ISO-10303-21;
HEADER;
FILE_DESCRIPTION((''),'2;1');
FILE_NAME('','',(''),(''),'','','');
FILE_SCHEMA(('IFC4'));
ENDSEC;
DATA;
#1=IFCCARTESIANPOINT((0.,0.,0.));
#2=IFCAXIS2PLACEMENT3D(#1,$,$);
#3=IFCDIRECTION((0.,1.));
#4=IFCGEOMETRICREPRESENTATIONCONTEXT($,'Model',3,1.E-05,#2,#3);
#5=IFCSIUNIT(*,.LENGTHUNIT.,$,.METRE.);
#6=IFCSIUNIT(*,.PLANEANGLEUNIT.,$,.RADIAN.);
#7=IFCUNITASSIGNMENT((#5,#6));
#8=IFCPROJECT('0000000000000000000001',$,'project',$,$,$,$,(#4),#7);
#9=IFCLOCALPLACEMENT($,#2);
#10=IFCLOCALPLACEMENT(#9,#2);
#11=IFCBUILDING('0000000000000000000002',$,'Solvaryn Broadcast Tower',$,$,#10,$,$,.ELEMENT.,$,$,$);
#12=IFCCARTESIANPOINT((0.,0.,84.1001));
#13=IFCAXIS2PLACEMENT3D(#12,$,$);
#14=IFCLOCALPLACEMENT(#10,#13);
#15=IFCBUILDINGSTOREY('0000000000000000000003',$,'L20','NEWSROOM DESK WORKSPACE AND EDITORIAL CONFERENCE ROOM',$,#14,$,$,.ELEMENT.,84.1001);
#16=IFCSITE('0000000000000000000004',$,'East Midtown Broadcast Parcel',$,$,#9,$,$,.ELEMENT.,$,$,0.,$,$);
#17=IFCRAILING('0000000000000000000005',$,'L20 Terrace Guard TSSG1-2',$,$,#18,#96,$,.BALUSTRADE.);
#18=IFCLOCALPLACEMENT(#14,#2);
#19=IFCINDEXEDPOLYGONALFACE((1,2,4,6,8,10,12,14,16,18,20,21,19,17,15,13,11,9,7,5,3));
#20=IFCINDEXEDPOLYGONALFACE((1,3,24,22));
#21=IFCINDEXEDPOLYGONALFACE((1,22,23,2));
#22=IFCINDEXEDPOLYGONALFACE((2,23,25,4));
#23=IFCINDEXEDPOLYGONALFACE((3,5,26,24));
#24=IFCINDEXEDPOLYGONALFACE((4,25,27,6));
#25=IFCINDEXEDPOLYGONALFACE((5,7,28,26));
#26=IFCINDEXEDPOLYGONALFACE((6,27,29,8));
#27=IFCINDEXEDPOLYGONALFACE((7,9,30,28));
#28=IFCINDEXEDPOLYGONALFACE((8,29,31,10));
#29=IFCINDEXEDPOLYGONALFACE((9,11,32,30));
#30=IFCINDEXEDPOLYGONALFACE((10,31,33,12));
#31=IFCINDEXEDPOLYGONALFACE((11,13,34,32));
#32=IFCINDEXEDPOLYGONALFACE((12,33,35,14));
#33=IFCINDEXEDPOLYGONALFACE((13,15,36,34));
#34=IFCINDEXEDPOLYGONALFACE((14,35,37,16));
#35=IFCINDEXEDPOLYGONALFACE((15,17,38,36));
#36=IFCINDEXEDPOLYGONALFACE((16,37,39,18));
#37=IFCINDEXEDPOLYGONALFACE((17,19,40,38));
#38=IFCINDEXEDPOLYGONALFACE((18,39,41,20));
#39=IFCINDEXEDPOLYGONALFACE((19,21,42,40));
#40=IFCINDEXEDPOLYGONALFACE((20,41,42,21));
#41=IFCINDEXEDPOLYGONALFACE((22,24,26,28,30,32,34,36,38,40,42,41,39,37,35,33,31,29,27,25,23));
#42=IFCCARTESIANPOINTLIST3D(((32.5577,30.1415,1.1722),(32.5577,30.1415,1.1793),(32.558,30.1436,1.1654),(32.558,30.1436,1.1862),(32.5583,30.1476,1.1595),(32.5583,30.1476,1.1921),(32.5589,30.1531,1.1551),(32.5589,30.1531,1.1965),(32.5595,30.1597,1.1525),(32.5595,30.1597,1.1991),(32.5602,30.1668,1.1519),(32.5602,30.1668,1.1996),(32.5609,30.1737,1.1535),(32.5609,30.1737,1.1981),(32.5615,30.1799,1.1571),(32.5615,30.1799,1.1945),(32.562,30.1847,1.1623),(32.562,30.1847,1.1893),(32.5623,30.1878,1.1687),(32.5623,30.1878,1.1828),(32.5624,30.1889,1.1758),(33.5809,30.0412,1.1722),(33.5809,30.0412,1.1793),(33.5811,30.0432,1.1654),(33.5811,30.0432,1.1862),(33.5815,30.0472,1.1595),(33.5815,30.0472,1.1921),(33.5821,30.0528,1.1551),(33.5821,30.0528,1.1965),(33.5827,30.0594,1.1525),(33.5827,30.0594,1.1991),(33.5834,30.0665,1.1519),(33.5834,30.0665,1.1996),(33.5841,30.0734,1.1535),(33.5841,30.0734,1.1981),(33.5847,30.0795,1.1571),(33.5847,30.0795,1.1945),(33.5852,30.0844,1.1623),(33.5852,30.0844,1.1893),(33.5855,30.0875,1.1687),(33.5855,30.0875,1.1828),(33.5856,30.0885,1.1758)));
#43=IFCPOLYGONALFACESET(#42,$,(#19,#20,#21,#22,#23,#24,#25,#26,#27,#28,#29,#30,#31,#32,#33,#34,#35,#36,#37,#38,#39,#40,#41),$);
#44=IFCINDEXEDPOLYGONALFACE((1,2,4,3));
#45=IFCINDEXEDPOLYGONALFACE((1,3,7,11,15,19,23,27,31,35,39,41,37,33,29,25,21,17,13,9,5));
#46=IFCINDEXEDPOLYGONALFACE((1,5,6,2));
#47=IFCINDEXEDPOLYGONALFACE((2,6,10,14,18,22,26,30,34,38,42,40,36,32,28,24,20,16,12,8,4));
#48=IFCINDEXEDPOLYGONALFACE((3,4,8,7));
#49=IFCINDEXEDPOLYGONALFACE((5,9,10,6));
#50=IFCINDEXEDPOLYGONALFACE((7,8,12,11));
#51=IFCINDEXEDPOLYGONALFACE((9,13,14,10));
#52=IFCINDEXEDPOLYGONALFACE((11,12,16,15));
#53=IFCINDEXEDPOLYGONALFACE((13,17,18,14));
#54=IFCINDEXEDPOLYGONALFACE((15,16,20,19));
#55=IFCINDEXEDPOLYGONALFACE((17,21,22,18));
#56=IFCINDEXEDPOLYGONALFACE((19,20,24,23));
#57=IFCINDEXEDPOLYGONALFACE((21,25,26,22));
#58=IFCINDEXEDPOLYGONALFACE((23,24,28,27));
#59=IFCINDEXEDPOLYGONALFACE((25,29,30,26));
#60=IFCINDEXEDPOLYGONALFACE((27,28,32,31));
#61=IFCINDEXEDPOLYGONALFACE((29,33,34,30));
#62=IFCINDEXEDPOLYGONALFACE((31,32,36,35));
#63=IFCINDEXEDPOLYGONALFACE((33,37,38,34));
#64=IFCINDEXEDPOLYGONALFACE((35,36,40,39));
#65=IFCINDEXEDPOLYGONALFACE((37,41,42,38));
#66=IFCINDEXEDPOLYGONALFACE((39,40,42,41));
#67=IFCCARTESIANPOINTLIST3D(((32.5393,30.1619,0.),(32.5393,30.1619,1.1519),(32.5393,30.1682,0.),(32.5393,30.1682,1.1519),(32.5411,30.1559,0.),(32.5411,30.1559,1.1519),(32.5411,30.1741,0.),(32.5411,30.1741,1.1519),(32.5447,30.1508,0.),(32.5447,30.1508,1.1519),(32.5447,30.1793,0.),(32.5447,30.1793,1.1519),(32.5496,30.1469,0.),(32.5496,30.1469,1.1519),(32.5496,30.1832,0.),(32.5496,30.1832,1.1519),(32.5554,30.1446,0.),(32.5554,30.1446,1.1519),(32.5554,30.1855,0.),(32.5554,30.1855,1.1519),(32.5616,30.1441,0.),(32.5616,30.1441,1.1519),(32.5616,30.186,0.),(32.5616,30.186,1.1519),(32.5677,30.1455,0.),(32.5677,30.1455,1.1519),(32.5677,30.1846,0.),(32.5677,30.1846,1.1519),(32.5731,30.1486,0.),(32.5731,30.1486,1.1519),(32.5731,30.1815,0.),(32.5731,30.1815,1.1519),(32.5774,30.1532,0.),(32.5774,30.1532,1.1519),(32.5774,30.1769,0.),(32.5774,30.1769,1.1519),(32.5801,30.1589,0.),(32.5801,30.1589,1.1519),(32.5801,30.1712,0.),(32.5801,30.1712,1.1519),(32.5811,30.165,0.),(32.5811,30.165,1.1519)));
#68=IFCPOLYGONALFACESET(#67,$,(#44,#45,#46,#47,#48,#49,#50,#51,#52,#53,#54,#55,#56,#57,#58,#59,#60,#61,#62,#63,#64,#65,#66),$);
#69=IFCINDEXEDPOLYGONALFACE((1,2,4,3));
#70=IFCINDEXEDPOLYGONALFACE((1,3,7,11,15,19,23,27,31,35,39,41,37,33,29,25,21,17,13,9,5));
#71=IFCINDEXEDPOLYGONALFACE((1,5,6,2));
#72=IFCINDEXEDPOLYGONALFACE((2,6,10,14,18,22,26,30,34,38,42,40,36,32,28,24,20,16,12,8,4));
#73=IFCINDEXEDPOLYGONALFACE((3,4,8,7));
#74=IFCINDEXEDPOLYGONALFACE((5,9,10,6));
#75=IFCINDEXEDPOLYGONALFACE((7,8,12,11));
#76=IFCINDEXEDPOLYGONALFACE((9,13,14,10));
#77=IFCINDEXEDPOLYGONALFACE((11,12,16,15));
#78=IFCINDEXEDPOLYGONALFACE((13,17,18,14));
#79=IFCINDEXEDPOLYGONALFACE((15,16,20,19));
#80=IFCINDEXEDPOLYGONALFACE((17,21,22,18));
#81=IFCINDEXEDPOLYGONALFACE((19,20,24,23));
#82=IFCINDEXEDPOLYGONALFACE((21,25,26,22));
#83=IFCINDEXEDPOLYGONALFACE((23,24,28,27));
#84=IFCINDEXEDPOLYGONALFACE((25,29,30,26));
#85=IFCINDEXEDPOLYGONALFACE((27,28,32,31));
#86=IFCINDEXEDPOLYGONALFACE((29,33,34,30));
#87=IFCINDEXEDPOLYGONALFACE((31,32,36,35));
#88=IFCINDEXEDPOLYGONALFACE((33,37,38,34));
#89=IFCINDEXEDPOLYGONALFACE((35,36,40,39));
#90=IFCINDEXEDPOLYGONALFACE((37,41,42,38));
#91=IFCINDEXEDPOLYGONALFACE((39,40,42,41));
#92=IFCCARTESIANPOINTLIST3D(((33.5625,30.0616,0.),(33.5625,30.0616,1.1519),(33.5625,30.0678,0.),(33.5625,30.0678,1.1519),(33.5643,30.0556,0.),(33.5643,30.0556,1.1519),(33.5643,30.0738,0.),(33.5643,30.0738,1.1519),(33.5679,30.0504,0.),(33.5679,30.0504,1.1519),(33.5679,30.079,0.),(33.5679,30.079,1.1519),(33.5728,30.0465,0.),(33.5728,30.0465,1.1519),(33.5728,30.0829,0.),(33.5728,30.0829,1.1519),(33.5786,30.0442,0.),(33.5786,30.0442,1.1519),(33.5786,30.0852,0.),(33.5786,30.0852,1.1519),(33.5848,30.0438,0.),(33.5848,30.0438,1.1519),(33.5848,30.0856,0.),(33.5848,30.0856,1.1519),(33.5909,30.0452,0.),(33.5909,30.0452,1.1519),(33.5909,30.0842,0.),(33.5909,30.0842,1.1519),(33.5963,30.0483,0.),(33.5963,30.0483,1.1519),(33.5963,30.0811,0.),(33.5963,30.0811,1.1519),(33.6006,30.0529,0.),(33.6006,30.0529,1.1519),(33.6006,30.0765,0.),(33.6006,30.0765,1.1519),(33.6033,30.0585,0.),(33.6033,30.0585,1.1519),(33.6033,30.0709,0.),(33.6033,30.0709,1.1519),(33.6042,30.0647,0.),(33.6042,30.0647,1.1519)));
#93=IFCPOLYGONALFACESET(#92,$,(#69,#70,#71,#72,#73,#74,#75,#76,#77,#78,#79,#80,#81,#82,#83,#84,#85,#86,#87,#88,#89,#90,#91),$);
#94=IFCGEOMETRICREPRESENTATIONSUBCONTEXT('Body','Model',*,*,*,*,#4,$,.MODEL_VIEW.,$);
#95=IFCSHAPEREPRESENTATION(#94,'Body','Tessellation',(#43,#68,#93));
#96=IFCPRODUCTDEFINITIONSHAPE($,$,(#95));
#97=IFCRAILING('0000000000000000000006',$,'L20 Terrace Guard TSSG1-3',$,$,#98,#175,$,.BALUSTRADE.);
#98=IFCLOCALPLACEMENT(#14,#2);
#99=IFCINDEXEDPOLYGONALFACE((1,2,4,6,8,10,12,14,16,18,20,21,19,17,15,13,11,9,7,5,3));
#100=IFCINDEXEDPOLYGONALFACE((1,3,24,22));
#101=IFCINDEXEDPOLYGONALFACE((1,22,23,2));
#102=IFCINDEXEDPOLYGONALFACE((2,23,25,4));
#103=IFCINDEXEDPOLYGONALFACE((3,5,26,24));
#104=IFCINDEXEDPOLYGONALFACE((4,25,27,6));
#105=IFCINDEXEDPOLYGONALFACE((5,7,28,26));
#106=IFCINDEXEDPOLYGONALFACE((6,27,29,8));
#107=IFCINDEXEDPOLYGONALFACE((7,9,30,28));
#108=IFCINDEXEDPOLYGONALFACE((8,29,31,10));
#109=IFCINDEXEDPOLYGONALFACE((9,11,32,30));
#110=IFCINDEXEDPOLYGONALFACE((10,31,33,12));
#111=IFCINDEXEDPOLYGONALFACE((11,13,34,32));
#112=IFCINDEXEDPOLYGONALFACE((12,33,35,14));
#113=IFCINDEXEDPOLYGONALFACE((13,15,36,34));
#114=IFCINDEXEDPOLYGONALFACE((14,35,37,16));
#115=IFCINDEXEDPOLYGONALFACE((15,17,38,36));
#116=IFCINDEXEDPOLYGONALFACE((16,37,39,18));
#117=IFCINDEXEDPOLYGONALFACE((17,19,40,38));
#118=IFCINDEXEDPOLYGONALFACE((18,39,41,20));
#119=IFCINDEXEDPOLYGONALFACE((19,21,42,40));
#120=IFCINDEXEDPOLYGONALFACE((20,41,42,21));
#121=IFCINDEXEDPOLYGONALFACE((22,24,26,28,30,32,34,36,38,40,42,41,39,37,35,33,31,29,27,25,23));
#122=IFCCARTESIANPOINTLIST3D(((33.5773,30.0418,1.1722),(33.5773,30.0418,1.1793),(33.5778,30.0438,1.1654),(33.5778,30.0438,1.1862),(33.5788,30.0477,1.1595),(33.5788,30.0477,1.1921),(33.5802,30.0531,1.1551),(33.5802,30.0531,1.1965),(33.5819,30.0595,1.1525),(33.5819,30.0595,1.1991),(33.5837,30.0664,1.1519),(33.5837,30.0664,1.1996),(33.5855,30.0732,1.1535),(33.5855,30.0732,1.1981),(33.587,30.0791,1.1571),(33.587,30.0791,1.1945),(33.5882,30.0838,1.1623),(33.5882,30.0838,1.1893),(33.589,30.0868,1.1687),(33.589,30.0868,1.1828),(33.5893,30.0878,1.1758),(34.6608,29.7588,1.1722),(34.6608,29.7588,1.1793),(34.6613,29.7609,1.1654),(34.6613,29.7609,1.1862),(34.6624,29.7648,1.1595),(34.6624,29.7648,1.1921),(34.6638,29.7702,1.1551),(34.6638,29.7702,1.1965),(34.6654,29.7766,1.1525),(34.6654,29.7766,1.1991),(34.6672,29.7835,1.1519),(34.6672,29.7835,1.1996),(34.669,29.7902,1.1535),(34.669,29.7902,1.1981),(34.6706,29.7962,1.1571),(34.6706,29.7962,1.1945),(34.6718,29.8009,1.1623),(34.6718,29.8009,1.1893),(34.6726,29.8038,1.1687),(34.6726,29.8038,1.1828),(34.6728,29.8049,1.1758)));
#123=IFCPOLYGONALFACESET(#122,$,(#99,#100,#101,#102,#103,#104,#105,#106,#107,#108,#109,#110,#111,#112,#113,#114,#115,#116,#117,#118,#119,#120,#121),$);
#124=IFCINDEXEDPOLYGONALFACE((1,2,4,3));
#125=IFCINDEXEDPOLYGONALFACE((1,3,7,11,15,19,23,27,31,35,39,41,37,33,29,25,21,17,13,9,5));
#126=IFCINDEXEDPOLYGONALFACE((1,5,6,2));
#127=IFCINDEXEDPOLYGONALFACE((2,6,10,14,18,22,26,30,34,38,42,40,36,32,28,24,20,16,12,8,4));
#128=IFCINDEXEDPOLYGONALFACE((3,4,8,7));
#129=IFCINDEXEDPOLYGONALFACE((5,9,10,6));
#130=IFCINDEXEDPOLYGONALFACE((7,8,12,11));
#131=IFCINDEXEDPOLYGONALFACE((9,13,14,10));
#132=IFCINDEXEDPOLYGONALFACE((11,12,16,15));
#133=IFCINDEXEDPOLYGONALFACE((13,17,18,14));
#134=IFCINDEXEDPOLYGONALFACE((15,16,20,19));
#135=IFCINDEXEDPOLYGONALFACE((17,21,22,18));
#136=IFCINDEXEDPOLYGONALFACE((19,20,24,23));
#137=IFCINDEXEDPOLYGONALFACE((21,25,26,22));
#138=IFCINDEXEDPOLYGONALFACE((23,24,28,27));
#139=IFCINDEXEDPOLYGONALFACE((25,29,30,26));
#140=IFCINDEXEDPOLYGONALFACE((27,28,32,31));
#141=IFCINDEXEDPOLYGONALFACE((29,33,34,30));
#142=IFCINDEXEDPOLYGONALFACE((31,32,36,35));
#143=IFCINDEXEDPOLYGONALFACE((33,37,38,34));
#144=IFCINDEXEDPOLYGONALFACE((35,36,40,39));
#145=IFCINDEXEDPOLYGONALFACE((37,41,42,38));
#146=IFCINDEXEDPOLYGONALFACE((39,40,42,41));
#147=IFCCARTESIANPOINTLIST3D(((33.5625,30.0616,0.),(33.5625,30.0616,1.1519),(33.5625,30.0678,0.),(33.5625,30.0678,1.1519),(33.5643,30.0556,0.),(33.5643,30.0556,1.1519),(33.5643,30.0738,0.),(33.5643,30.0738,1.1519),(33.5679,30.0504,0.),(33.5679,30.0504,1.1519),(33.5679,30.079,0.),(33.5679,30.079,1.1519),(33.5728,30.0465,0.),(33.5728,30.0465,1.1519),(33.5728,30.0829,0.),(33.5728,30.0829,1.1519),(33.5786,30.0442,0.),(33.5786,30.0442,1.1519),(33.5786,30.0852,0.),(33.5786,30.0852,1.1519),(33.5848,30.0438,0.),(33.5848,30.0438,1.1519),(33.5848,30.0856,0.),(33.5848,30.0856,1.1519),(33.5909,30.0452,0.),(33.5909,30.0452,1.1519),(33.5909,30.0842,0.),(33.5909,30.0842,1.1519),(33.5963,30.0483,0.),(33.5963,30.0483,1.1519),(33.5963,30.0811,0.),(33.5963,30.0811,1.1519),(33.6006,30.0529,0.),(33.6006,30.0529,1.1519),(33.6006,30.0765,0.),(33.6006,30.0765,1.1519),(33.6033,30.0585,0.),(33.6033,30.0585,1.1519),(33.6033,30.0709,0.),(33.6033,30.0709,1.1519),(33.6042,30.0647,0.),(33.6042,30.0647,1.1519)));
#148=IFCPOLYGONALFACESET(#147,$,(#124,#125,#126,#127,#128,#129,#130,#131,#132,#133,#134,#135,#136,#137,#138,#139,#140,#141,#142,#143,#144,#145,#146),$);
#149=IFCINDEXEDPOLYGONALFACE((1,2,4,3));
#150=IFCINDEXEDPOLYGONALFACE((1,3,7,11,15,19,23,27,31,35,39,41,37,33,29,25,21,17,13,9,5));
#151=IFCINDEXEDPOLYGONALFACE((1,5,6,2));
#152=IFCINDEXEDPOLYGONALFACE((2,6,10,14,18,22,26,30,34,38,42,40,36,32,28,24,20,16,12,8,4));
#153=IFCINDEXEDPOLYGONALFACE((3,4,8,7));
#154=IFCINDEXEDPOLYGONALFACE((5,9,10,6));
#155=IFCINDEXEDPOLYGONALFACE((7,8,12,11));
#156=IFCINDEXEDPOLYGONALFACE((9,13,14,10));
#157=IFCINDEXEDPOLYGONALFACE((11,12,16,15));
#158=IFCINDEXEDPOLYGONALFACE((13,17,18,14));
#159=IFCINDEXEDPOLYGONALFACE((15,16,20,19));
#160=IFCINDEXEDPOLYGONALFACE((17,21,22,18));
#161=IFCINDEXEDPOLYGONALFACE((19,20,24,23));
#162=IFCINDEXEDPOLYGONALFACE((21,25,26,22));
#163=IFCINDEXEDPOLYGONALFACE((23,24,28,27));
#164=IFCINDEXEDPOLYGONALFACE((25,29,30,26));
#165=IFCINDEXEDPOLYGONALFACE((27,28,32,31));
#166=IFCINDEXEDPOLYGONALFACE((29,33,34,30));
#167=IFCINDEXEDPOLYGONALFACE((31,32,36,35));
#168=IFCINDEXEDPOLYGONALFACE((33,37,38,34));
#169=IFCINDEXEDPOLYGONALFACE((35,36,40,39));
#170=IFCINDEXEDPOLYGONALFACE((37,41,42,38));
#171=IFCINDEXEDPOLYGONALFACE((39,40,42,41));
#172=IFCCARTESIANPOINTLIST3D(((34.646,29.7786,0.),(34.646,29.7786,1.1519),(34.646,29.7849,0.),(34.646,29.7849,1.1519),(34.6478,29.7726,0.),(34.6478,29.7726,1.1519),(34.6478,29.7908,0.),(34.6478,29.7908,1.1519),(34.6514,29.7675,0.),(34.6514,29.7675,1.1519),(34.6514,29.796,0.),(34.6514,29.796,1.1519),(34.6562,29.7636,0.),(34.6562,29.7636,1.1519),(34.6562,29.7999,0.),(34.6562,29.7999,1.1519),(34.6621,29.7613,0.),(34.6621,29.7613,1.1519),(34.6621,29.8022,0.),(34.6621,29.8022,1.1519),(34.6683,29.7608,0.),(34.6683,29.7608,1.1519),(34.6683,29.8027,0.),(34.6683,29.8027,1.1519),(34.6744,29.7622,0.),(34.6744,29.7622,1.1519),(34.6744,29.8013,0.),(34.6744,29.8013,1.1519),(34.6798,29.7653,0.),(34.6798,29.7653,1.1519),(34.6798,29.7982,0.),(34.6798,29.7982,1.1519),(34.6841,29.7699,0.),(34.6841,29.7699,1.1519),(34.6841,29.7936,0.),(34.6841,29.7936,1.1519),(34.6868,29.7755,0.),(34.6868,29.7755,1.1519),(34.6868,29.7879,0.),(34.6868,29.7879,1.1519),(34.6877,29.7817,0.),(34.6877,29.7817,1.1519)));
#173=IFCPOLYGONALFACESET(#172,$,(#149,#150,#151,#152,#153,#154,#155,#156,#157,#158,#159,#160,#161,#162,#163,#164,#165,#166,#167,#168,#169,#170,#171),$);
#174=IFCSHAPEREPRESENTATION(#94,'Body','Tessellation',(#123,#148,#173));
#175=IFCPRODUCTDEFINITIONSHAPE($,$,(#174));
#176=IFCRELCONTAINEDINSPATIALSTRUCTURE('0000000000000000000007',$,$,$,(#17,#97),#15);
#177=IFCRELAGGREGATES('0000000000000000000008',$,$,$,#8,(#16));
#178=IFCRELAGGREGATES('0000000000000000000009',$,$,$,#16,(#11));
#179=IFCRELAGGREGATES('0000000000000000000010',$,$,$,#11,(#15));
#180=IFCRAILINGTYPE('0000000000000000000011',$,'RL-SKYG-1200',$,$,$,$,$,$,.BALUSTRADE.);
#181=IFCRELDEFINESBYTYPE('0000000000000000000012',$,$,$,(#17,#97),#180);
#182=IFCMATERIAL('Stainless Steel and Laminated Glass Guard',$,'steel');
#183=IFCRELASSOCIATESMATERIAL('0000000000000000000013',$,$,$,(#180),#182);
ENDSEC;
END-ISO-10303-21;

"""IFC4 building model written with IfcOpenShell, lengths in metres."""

from ifc_helpers import new_model, si_unit, direction, frame, origin, origin_2d, place, context, subcontext, project, spatial, circle, extrude, material, type_object, element, save


model = new_model("IFC4")

# Units and contexts
model_context = context("Model", 3, precision=1e-05, world=origin(), true_north=direction((0.0, 1.0)))
body_context = subcontext(model_context, "Body", "Model", "MODEL_VIEW")
ifc_project = project(units=[si_unit("LENGTHUNIT", "METRE"), si_unit("PLANEANGLEUNIT", "RADIAN")], contexts=[model_context])

# Site, building, storey
site_placement = place(None, origin())
site = spatial("IfcSite", under=ifc_project, at=site_placement, Name="East Midtown Broadcast Parcel", CompositionType="ELEMENT", RefElevation=0.0)
building_placement = place(site_placement, origin())
building = spatial("IfcBuilding", under=site, at=building_placement, Name="Solvaryn Broadcast Tower", CompositionType="ELEMENT")
storey_placement = place(building_placement, frame((0.0, 0.0, 84.1001)))
storey = spatial("IfcBuildingStorey", under=building, at=storey_placement, Name="L20", Description="NEWSROOM DESK WORKSPACE AND EDITORIAL CONFERENCE ROOM", CompositionType="ELEMENT", Elevation=84.1001)

# Railings
ifc_material_1 = material(Name="Stainless Steel and Laminated Glass Guard", Category="steel")
railing_type = type_object("IfcRailingType", Name="RL-SKYG-1200", PredefinedType="BALUSTRADE", material=ifc_material_1)
railing_1_placement = place(storey_placement, frame((32.5601, 30.165, 0.0)))
element("IfcRailing", 1, at=railing_1_placement, inside=storey, type_object=railing_type, Name="L20 Terrace Guard TSSG1-2", PredefinedType="BALUSTRADE", context=body_context, shape_type="SweptSolid", body=[
    extrude(circle(Radius=0.0239, at=origin_2d()), frame((0.0, 0.0, 1.1758), z_axis=(0.995226, -0.097599, 0.0), x_axis=(0.097599, 0.995226, 0.0)), (0.0, 0.0, 1.0), 1.0281),
    extrude(circle(Radius=0.021, at=origin_2d()), origin(), (0.0, 0.0, 1.0), 1.1519),
    extrude(circle(Radius=0.021, at=origin_2d()), frame((1.0232, -0.1003, 0.0)), (0.0, 0.0, 1.0), 1.1519),
])
railing_2_placement = place(storey_placement, frame((33.5833, 30.0647, 0.0)))
element("IfcRailing", 2, at=railing_2_placement, inside=storey, type_object=railing_type, Name="L20 Terrace Guard TSSG1-3", PredefinedType="BALUSTRADE", context=body_context, shape_type="SweptSolid", body=[
    extrude(circle(Radius=0.0239, at=origin_2d()), frame((0.0, 0.0, 1.1758), z_axis=(0.96755, -0.252679, 0.0), x_axis=(0.252679, 0.96755, 0.0)), (0.0, 0.0, 1.0), 1.1199),
    extrude(circle(Radius=0.021, at=origin_2d()), origin(), (0.0, 0.0, 1.0), 1.1519),
    extrude(circle(Radius=0.021, at=origin_2d()), frame((1.0835, -0.283, 0.0)), (0.0, 0.0, 1.0), 1.1519),
])

save(model, "model.ifc")
